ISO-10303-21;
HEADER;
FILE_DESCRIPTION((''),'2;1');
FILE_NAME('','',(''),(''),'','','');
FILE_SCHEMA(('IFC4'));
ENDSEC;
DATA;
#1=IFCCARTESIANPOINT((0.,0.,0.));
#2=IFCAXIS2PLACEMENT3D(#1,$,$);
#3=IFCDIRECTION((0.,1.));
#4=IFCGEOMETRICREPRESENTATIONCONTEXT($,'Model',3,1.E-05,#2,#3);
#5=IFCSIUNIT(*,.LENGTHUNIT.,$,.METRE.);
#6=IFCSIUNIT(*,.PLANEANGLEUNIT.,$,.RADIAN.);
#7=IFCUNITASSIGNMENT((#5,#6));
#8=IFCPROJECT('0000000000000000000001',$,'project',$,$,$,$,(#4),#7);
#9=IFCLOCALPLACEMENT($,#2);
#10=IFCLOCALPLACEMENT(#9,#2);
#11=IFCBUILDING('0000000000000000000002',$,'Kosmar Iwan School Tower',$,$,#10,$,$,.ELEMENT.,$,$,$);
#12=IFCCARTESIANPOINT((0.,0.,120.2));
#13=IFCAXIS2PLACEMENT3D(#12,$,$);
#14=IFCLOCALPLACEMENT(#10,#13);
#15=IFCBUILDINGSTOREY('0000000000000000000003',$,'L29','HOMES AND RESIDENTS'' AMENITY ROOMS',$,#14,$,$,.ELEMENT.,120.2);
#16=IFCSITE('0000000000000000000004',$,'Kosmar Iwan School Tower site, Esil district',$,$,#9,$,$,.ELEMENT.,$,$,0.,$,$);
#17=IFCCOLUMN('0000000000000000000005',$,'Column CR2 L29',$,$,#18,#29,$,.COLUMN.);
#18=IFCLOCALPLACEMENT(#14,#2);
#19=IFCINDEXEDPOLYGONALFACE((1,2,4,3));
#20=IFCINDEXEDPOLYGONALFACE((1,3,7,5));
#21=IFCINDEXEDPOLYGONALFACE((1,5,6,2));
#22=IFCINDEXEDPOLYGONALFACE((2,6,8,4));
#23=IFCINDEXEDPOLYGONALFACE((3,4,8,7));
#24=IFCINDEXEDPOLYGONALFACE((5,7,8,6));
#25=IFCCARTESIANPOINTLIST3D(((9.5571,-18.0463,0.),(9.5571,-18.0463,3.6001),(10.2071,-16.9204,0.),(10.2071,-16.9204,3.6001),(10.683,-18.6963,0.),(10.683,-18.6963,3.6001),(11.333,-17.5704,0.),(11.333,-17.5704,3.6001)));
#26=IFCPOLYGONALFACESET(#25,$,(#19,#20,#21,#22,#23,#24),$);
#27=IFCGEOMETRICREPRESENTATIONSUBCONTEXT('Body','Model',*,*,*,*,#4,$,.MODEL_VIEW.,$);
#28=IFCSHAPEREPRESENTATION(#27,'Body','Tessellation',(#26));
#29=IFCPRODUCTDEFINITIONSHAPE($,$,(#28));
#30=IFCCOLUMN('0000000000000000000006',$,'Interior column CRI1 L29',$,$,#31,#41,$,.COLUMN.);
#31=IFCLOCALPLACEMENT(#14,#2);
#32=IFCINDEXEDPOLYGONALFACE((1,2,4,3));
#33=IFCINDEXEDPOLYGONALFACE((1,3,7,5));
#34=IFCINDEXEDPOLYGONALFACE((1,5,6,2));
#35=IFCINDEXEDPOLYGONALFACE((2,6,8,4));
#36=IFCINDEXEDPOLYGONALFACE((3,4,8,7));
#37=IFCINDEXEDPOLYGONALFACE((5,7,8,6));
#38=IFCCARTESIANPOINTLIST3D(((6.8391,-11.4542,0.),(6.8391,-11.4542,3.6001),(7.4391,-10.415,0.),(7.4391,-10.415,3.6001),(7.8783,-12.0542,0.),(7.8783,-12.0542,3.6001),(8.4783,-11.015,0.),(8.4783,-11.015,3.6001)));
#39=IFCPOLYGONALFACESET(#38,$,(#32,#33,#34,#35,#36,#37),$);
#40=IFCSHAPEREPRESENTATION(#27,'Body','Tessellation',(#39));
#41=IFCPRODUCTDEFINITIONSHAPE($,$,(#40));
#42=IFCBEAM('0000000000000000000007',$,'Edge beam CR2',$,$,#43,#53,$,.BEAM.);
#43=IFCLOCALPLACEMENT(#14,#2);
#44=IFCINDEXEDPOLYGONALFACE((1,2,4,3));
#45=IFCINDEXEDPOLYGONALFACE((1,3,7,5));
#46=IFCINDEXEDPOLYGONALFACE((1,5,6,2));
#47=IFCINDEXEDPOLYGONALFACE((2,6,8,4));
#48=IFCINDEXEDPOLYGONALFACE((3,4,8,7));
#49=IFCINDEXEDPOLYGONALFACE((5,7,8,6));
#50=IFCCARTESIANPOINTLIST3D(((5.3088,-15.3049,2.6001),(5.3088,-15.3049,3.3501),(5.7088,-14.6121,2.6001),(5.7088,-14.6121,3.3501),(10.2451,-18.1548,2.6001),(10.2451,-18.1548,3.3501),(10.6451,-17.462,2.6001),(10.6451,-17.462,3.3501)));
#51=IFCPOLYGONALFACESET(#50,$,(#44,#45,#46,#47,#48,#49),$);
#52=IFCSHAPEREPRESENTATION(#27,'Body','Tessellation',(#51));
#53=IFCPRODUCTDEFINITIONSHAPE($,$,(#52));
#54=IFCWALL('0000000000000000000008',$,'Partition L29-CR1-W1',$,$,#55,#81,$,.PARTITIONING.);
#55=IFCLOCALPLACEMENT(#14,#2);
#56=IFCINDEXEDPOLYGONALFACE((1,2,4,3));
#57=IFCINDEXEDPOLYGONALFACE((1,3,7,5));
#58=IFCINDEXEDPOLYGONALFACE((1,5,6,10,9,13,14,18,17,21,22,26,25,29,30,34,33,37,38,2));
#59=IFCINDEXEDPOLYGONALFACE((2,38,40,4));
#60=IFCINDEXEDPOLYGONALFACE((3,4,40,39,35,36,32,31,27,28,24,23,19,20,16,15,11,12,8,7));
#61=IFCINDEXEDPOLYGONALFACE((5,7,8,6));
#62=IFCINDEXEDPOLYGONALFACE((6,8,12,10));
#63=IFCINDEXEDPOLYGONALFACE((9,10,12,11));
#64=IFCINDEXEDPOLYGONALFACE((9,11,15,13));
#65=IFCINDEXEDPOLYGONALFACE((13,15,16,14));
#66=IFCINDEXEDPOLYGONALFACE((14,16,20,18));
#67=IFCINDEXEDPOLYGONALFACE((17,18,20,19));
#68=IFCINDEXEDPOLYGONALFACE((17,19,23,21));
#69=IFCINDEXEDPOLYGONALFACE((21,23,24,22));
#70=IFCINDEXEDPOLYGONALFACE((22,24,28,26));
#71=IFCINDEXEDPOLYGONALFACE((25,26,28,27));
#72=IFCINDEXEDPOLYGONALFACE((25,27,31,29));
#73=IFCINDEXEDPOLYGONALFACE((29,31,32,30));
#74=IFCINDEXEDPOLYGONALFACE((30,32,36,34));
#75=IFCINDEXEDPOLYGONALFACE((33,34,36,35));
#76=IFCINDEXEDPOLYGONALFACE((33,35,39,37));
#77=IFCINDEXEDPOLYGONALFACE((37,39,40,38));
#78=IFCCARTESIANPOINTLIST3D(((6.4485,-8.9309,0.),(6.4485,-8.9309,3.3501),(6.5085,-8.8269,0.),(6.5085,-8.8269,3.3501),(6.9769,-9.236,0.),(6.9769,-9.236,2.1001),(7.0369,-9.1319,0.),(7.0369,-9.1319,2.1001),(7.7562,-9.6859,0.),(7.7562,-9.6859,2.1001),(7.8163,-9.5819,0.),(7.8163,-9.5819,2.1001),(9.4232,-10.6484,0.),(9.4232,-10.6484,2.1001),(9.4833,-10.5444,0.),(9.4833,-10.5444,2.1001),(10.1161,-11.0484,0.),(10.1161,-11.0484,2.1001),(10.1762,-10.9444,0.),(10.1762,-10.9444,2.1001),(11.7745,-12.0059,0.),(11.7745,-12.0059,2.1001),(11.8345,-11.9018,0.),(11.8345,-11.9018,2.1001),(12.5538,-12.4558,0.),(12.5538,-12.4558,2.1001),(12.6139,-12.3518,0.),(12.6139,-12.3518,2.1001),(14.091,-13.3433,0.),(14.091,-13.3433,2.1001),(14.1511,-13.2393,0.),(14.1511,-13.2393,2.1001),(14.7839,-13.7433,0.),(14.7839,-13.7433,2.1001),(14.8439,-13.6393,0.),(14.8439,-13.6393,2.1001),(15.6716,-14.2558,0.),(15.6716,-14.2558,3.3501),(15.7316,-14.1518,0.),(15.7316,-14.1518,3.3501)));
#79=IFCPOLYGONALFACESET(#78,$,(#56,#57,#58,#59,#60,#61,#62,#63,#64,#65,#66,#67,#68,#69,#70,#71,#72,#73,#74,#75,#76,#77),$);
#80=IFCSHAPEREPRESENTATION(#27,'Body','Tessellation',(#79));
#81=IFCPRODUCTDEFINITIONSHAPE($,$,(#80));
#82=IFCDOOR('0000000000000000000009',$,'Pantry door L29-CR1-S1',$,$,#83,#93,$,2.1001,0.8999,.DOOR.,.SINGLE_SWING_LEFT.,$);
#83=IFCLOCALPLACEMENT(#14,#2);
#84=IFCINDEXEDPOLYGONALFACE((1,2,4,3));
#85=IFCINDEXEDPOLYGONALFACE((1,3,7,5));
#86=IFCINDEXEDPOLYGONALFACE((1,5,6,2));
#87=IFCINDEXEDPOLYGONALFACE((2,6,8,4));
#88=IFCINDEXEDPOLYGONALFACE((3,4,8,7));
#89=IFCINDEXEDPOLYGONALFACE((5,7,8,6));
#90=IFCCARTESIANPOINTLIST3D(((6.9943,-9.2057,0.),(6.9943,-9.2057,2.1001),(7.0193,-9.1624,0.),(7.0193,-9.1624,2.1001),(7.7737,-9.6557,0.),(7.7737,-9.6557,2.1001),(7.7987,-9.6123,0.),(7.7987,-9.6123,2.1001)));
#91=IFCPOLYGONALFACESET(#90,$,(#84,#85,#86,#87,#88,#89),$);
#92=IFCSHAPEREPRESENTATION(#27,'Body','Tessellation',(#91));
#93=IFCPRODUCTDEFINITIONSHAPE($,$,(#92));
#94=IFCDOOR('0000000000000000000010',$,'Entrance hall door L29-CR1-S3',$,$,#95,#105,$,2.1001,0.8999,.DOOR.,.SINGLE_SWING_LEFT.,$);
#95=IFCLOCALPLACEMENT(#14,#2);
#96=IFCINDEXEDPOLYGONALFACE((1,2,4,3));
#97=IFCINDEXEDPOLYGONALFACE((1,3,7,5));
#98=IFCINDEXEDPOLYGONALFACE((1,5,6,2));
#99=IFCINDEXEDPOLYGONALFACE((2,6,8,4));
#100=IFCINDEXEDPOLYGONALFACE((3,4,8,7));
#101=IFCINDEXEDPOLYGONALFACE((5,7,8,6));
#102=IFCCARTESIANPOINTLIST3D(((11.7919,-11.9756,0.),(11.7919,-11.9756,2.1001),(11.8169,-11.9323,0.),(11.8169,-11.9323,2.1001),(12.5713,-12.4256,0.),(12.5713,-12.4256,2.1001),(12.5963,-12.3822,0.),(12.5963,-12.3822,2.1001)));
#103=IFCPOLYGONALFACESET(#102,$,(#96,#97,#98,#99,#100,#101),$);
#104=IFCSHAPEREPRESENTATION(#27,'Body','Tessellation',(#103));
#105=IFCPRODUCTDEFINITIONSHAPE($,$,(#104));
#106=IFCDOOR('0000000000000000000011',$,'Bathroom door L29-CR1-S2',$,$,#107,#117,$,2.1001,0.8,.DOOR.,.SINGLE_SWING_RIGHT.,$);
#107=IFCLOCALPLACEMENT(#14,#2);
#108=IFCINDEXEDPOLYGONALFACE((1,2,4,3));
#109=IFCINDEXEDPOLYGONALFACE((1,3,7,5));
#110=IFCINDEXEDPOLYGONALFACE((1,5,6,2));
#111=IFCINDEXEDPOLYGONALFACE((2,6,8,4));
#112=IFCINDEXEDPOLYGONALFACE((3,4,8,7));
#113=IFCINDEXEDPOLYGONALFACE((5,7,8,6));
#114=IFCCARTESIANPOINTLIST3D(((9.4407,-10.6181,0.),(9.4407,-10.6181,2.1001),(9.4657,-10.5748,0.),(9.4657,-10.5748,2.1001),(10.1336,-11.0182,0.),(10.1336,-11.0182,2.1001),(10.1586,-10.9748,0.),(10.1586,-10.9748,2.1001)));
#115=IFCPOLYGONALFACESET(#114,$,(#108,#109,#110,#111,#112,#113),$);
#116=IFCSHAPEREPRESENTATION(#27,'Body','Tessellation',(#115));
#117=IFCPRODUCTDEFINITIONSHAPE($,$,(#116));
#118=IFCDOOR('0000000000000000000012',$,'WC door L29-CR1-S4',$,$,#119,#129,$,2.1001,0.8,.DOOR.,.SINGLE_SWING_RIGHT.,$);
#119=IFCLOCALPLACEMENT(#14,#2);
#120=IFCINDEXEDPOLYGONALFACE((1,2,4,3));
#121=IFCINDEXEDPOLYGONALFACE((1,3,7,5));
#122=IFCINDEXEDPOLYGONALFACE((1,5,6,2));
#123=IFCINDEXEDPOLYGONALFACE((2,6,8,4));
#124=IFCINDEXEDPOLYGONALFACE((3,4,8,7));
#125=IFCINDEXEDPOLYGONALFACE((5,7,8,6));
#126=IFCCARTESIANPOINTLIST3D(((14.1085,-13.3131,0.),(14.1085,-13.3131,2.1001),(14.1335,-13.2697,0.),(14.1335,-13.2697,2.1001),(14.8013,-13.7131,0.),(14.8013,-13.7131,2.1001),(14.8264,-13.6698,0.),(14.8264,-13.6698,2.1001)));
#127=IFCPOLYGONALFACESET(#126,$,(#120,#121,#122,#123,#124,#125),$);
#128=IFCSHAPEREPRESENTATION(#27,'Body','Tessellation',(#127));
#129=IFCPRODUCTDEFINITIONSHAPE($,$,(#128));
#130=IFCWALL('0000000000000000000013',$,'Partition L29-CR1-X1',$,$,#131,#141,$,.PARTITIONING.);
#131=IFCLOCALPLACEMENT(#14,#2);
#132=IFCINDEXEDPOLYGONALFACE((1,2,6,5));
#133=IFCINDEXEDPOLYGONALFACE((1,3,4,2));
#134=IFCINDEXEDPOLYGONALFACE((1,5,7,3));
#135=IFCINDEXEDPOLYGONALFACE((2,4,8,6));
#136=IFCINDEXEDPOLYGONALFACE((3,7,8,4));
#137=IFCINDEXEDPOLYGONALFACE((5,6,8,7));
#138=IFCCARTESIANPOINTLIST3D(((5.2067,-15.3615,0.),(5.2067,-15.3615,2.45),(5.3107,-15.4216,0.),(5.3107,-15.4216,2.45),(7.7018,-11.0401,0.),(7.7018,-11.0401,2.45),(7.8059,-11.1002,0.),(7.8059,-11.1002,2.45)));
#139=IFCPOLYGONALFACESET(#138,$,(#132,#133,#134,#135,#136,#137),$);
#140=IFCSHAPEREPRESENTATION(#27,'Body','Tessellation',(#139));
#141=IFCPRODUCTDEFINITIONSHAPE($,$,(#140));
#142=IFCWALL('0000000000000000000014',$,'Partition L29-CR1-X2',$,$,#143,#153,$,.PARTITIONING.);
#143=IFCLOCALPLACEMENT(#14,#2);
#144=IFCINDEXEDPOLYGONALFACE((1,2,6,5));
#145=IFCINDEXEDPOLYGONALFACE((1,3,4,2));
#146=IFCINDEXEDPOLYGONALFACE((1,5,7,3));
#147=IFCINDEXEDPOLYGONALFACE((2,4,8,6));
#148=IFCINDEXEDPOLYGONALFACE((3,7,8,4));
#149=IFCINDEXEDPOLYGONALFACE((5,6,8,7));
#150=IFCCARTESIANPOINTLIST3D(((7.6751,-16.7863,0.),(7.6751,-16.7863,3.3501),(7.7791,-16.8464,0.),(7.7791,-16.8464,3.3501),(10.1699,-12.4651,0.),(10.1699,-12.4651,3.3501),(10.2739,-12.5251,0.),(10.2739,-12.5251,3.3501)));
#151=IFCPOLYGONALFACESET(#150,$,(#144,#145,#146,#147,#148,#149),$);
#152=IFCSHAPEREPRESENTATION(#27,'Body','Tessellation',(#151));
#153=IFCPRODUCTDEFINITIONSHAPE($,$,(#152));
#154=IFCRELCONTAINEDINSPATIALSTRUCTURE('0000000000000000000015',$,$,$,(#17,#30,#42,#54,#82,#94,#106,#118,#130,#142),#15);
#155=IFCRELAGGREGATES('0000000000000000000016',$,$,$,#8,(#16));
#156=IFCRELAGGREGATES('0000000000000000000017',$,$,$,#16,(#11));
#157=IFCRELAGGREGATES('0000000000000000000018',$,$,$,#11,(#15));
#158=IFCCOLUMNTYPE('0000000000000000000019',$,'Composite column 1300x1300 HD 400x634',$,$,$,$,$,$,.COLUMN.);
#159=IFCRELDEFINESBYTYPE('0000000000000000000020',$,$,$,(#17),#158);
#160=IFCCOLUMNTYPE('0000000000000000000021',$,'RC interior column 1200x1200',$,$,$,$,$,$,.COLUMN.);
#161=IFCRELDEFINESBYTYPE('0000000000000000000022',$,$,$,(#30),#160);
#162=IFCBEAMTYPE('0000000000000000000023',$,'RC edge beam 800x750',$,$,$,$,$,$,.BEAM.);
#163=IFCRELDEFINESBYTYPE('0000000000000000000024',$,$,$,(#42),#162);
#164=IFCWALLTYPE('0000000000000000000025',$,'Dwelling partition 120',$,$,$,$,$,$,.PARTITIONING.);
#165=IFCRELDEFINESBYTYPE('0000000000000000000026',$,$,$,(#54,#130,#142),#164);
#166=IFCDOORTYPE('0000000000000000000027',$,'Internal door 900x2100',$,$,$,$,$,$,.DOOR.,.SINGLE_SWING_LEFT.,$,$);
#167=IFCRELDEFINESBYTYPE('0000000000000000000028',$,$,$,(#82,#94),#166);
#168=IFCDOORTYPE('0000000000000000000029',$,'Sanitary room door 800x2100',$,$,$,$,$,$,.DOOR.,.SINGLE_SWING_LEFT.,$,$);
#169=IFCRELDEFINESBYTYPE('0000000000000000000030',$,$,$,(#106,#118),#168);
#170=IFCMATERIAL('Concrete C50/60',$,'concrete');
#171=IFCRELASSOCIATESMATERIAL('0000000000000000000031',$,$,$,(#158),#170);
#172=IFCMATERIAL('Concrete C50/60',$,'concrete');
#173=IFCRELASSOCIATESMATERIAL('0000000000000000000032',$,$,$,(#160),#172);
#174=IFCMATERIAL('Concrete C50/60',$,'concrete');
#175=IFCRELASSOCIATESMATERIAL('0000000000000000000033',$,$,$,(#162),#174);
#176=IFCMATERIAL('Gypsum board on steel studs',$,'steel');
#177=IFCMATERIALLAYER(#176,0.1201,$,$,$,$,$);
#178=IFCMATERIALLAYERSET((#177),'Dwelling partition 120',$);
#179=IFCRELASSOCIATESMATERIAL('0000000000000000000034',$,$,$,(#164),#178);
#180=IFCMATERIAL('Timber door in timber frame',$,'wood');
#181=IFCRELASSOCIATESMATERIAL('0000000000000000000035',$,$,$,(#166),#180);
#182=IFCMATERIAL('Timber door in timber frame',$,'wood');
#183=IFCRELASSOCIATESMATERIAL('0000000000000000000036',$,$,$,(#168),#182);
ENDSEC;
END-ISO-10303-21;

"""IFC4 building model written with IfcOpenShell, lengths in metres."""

from ifc_helpers import new_model, si_unit, direction, frame, frame_2d, origin, origin_2d, place, context, subcontext, project, spatial, rectangle, extrude, material, layer, layer_set, material_profile, profile_set, type_object, element, fill, save


model = new_model("IFC4")

# Units and contexts
model_context = context("Model", 3, precision=1e-05, world=origin(), true_north=direction((0.0, 1.0)))
body_context = subcontext(model_context, "Body", "Model", "MODEL_VIEW")
ifc_project = project(units=[si_unit("LENGTHUNIT", "METRE"), si_unit("PLANEANGLEUNIT", "RADIAN")], contexts=[model_context])

# Site, building, storey
site_placement = place(None, origin())
site = spatial("IfcSite", under=ifc_project, at=site_placement, Name="Kosmar Iwan School Tower site, Esil district", CompositionType="ELEMENT", RefElevation=0.0)
building_placement = place(site_placement, origin())
building = spatial("IfcBuilding", under=site, at=building_placement, Name="Kosmar Iwan School Tower", CompositionType="ELEMENT")
storey_placement = place(building_placement, frame((0.0, 0.0, 120.2)))
storey = spatial("IfcBuildingStorey", under=building, at=storey_placement, Name="L29", Description="HOMES AND RESIDENTS' AMENITY ROOMS", CompositionType="ELEMENT", Elevation=120.2)

# Columns
ifc_material_1 = material(Name="Concrete C50/60", Category="concrete")
ifc_material_profile_1 = material_profile(ifc_material_1, rectangle(XDim=1.3, YDim=1.3, at=origin_2d()), Name="RC 1300x1300 + HD 400x634")
ifc_profile_set_1 = profile_set([ifc_material_profile_1], Name="Concrete C50/60")
column_type_1 = type_object("IfcColumnType", Name="Composite column 1300x1300 HD 400x634", PredefinedType="COLUMN", material=ifc_profile_set_1)
column_1_placement = place(storey_placement, frame((10.4451, -17.8083, 0.0), z_axis=(0.0, 0.0, 1.0), x_axis=(0.866025, -0.5, 0.0)))
element("IfcColumn", 1, at=column_1_placement, inside=storey, type_object=column_type_1, Name="Column CR2 L29", PredefinedType="COLUMN", context=body_context, shape_type="SweptSolid", body=[
    extrude(rectangle(XDim=1.3, YDim=1.3, at=origin_2d()), origin(), (0.0, 0.0, 1.0), 3.6001),
])
ifc_material_2 = material(Name="Concrete C50/60", Category="concrete")
ifc_material_profile_2 = material_profile(ifc_material_2, rectangle(XDim=1.2, YDim=1.2, at=origin_2d()), Name="RC 1200x1200")
ifc_profile_set_2 = profile_set([ifc_material_profile_2], Name="Concrete C50/60")
column_type_2 = type_object("IfcColumnType", Name="RC interior column 1200x1200", PredefinedType="COLUMN", material=ifc_profile_set_2)
column_2_placement = place(storey_placement, frame((7.6587, -11.2346, 0.0), z_axis=(0.0, 0.0, 1.0), x_axis=(0.866025, -0.5, 0.0)))
element("IfcColumn", 2, at=column_2_placement, inside=storey, type_object=column_type_2, Name="Interior column CRI1 L29", PredefinedType="COLUMN", context=body_context, shape_type="SweptSolid", body=[
    extrude(rectangle(XDim=1.2, YDim=1.2, at=origin_2d()), origin(), (0.0, 0.0, 1.0), 3.6001),
])

# Beam
ifc_material_3 = material(Name="Concrete C50/60", Category="concrete")
ifc_material_profile_3 = material_profile(ifc_material_3, rectangle(XDim=0.8, YDim=0.75, at=origin_2d()), Name="RC 800x750")
ifc_profile_set_3 = profile_set([ifc_material_profile_3], Name="Concrete C50/60")
beam_type = type_object("IfcBeamType", Name="RC edge beam 800x750", PredefinedType="BEAM", material=ifc_profile_set_3)
beam_placement = place(storey_placement, frame((5.5088, -14.9585, 2.9751), z_axis=(0.866034, -0.499986, 0.0), x_axis=(0.499986, 0.866034, 0.0)))
element("IfcBeam", 3, at=beam_placement, inside=storey, type_object=beam_type, Name="Edge beam CR2", PredefinedType="BEAM", context=body_context, shape_type="SweptSolid", body=[
    extrude(rectangle(XDim=0.8, YDim=0.75, at=origin_2d()), origin(), (0.0, 0.0, 1.0), 5.7),
])

# Wall, openings, doors
ifc_material_4 = material(Name="Gypsum board on steel studs", Category="steel")
ifc_layer = layer(ifc_material_4, 0.1201)
ifc_layer_set = layer_set([ifc_layer], Name="Dwelling partition 120")
wall_type = type_object("IfcWallType", Name="Dwelling partition 120", PredefinedType="PARTITIONING", material=ifc_layer_set)
wall_1_placement = place(storey_placement, frame((6.4785, -8.8789, 0.0), z_axis=(0.0, 0.0, 1.0), x_axis=(0.866027, -0.499998, 0.0)))
wall_1 = element("IfcWall", 4, at=wall_1_placement, inside=storey, type_object=wall_type, Name="Partition L29-CR1-W1", PredefinedType="PARTITIONING", context=body_context, shape_type="SweptSolid", body=[
    extrude(rectangle(XDim=10.6499, YDim=0.1201, at=frame_2d((5.325, 0.0))), origin(), (0.0, 0.0, 1.0), 3.3501),
])
opening_1_placement = place(wall_1_placement, frame((0.6101, 0.0, 0.0)))
opening_1 = element("IfcOpeningElement", 5, at=opening_1_placement, cuts=wall_1, PredefinedType="OPENING", context=body_context, shape_type="SweptSolid", body=[
    extrude(rectangle(XDim=0.8999, YDim=2.1001, at=frame_2d((0.45, 1.05))), frame((0.0, 0.072, 0.0), z_axis=(0.0, -1.0, 0.0), x_axis=(1.0, 0.0, 0.0)), (0.0, 0.0, 1.0), 0.144),
])
opening_2_placement = place(wall_1_placement, frame((3.4351, 0.0, 0.0)))
opening_2 = element("IfcOpeningElement", 6, at=opening_2_placement, cuts=wall_1, PredefinedType="OPENING", context=body_context, shape_type="SweptSolid", body=[
    extrude(rectangle(XDim=0.8, YDim=2.1001, at=frame_2d((0.3999, 1.05))), frame((0.0, 0.072, 0.0), z_axis=(0.0, -1.0, 0.0), x_axis=(1.0, 0.0, 0.0)), (0.0, 0.0, 1.0), 0.144),
])
opening_3_placement = place(wall_1_placement, frame((6.1499, 0.0, 0.0)))
opening_3 = element("IfcOpeningElement", 7, at=opening_3_placement, cuts=wall_1, PredefinedType="OPENING", context=body_context, shape_type="SweptSolid", body=[
    extrude(rectangle(XDim=0.8999, YDim=2.1001, at=frame_2d((0.45, 1.05))), frame((0.0, 0.072, 0.0), z_axis=(0.0, -1.0, 0.0), x_axis=(1.0, 0.0, 0.0)), (0.0, 0.0, 1.0), 0.144),
])
opening_4_placement = place(wall_1_placement, frame((8.825, 0.0, 0.0)))
opening_4 = element("IfcOpeningElement", 8, at=opening_4_placement, cuts=wall_1, PredefinedType="OPENING", context=body_context, shape_type="SweptSolid", body=[
    extrude(rectangle(XDim=0.8, YDim=2.1001, at=frame_2d((0.3999, 1.05))), frame((0.0, 0.072, 0.0), z_axis=(0.0, -1.0, 0.0), x_axis=(1.0, 0.0, 0.0)), (0.0, 0.0, 1.0), 0.144),
])
ifc_material_5 = material(Name="Timber door in timber frame", Category="wood")
door_type_1 = type_object("IfcDoorType", Name="Internal door 900x2100", OperationType="SINGLE_SWING_LEFT", PredefinedType="DOOR", material=ifc_material_5)
door_1_placement = place(opening_1_placement, origin())
door_1 = element("IfcDoor", 9, at=door_1_placement, inside=storey, type_object=door_type_1, Name="Pantry door L29-CR1-S1", OperationType="SINGLE_SWING_LEFT", OverallHeight=2.1001, OverallWidth=0.8999, PredefinedType="DOOR", context=body_context, shape_type="SweptSolid", body=[
    extrude(rectangle(XDim=0.8999, YDim=2.1001, at=frame_2d((0.45, 1.05))), frame((0.0, 0.0249, 0.0), z_axis=(0.0, -1.0, 0.0), x_axis=(1.0, 0.0, 0.0)), (0.0, 0.0, 1.0), 0.05),
])
fill(opening_1, door_1)
door_2_placement = place(opening_3_placement, origin())
door_2 = element("IfcDoor", 10, at=door_2_placement, inside=storey, type_object=door_type_1, Name="Entrance hall door L29-CR1-S3", OperationType="SINGLE_SWING_LEFT", OverallHeight=2.1001, OverallWidth=0.8999, PredefinedType="DOOR", context=body_context, shape_type="SweptSolid", body=[
    extrude(rectangle(XDim=0.8999, YDim=2.1001, at=frame_2d((0.45, 1.05))), frame((0.0, 0.0249, 0.0), z_axis=(0.0, -1.0, 0.0), x_axis=(1.0, 0.0, 0.0)), (0.0, 0.0, 1.0), 0.05),
])
fill(opening_3, door_2)
ifc_material_6 = material(Name="Timber door in timber frame", Category="wood")
door_type_2 = type_object("IfcDoorType", Name="Sanitary room door 800x2100", OperationType="SINGLE_SWING_LEFT", PredefinedType="DOOR", material=ifc_material_6)
door_3_placement = place(opening_2_placement, origin())
door_3 = element("IfcDoor", 11, at=door_3_placement, inside=storey, type_object=door_type_2, Name="Bathroom door L29-CR1-S2", OperationType="SINGLE_SWING_RIGHT", OverallHeight=2.1001, OverallWidth=0.8, PredefinedType="DOOR", context=body_context, shape_type="SweptSolid", body=[
    extrude(rectangle(XDim=0.8, YDim=2.1001, at=frame_2d((0.3999, 1.05))), frame((0.0, 0.0249, 0.0), z_axis=(0.0, -1.0, 0.0), x_axis=(1.0, 0.0, 0.0)), (0.0, 0.0, 1.0), 0.05),
])
fill(opening_2, door_3)
door_4_placement = place(opening_4_placement, origin())
door_4 = element("IfcDoor", 12, at=door_4_placement, inside=storey, type_object=door_type_2, Name="WC door L29-CR1-S4", OperationType="SINGLE_SWING_RIGHT", OverallHeight=2.1001, OverallWidth=0.8, PredefinedType="DOOR", context=body_context, shape_type="SweptSolid", body=[
    extrude(rectangle(XDim=0.8, YDim=2.1001, at=frame_2d((0.3999, 1.05))), frame((0.0, 0.0249, 0.0), z_axis=(0.0, -1.0, 0.0), x_axis=(1.0, 0.0, 0.0)), (0.0, 0.0, 1.0), 0.05),
])
fill(opening_4, door_4)

# Walls
wall_2_placement = place(storey_placement, frame((7.7539, -11.0701, 0.0), z_axis=(0.0, 0.0, 1.0), x_axis=(-0.500033, -0.866006, 0.0)))
element("IfcWall", 13, at=wall_2_placement, inside=storey, type_object=wall_type, Name="Partition L29-CR1-X1", PredefinedType="PARTITIONING", context=body_context, shape_type="SweptSolid", body=[
    extrude(rectangle(XDim=4.99, YDim=0.1201, at=frame_2d((2.4951, 0.0))), origin(), (0.0, 0.0, 1.0), 2.45),
])
wall_3_placement = place(storey_placement, frame((10.2219, -12.4951, 0.0), z_axis=(0.0, 0.0, 1.0), x_axis=(-0.499996, -0.866028, 0.0)))
element("IfcWall", 14, at=wall_3_placement, inside=storey, type_object=wall_type, Name="Partition L29-CR1-X2", PredefinedType="PARTITIONING", context=body_context, shape_type="SweptSolid", body=[
    extrude(rectangle(XDim=4.9897, YDim=0.1201, at=frame_2d((2.4949, 0.0))), origin(), (0.0, 0.0, 1.0), 3.3501),
])

save(model, "model.ifc")
